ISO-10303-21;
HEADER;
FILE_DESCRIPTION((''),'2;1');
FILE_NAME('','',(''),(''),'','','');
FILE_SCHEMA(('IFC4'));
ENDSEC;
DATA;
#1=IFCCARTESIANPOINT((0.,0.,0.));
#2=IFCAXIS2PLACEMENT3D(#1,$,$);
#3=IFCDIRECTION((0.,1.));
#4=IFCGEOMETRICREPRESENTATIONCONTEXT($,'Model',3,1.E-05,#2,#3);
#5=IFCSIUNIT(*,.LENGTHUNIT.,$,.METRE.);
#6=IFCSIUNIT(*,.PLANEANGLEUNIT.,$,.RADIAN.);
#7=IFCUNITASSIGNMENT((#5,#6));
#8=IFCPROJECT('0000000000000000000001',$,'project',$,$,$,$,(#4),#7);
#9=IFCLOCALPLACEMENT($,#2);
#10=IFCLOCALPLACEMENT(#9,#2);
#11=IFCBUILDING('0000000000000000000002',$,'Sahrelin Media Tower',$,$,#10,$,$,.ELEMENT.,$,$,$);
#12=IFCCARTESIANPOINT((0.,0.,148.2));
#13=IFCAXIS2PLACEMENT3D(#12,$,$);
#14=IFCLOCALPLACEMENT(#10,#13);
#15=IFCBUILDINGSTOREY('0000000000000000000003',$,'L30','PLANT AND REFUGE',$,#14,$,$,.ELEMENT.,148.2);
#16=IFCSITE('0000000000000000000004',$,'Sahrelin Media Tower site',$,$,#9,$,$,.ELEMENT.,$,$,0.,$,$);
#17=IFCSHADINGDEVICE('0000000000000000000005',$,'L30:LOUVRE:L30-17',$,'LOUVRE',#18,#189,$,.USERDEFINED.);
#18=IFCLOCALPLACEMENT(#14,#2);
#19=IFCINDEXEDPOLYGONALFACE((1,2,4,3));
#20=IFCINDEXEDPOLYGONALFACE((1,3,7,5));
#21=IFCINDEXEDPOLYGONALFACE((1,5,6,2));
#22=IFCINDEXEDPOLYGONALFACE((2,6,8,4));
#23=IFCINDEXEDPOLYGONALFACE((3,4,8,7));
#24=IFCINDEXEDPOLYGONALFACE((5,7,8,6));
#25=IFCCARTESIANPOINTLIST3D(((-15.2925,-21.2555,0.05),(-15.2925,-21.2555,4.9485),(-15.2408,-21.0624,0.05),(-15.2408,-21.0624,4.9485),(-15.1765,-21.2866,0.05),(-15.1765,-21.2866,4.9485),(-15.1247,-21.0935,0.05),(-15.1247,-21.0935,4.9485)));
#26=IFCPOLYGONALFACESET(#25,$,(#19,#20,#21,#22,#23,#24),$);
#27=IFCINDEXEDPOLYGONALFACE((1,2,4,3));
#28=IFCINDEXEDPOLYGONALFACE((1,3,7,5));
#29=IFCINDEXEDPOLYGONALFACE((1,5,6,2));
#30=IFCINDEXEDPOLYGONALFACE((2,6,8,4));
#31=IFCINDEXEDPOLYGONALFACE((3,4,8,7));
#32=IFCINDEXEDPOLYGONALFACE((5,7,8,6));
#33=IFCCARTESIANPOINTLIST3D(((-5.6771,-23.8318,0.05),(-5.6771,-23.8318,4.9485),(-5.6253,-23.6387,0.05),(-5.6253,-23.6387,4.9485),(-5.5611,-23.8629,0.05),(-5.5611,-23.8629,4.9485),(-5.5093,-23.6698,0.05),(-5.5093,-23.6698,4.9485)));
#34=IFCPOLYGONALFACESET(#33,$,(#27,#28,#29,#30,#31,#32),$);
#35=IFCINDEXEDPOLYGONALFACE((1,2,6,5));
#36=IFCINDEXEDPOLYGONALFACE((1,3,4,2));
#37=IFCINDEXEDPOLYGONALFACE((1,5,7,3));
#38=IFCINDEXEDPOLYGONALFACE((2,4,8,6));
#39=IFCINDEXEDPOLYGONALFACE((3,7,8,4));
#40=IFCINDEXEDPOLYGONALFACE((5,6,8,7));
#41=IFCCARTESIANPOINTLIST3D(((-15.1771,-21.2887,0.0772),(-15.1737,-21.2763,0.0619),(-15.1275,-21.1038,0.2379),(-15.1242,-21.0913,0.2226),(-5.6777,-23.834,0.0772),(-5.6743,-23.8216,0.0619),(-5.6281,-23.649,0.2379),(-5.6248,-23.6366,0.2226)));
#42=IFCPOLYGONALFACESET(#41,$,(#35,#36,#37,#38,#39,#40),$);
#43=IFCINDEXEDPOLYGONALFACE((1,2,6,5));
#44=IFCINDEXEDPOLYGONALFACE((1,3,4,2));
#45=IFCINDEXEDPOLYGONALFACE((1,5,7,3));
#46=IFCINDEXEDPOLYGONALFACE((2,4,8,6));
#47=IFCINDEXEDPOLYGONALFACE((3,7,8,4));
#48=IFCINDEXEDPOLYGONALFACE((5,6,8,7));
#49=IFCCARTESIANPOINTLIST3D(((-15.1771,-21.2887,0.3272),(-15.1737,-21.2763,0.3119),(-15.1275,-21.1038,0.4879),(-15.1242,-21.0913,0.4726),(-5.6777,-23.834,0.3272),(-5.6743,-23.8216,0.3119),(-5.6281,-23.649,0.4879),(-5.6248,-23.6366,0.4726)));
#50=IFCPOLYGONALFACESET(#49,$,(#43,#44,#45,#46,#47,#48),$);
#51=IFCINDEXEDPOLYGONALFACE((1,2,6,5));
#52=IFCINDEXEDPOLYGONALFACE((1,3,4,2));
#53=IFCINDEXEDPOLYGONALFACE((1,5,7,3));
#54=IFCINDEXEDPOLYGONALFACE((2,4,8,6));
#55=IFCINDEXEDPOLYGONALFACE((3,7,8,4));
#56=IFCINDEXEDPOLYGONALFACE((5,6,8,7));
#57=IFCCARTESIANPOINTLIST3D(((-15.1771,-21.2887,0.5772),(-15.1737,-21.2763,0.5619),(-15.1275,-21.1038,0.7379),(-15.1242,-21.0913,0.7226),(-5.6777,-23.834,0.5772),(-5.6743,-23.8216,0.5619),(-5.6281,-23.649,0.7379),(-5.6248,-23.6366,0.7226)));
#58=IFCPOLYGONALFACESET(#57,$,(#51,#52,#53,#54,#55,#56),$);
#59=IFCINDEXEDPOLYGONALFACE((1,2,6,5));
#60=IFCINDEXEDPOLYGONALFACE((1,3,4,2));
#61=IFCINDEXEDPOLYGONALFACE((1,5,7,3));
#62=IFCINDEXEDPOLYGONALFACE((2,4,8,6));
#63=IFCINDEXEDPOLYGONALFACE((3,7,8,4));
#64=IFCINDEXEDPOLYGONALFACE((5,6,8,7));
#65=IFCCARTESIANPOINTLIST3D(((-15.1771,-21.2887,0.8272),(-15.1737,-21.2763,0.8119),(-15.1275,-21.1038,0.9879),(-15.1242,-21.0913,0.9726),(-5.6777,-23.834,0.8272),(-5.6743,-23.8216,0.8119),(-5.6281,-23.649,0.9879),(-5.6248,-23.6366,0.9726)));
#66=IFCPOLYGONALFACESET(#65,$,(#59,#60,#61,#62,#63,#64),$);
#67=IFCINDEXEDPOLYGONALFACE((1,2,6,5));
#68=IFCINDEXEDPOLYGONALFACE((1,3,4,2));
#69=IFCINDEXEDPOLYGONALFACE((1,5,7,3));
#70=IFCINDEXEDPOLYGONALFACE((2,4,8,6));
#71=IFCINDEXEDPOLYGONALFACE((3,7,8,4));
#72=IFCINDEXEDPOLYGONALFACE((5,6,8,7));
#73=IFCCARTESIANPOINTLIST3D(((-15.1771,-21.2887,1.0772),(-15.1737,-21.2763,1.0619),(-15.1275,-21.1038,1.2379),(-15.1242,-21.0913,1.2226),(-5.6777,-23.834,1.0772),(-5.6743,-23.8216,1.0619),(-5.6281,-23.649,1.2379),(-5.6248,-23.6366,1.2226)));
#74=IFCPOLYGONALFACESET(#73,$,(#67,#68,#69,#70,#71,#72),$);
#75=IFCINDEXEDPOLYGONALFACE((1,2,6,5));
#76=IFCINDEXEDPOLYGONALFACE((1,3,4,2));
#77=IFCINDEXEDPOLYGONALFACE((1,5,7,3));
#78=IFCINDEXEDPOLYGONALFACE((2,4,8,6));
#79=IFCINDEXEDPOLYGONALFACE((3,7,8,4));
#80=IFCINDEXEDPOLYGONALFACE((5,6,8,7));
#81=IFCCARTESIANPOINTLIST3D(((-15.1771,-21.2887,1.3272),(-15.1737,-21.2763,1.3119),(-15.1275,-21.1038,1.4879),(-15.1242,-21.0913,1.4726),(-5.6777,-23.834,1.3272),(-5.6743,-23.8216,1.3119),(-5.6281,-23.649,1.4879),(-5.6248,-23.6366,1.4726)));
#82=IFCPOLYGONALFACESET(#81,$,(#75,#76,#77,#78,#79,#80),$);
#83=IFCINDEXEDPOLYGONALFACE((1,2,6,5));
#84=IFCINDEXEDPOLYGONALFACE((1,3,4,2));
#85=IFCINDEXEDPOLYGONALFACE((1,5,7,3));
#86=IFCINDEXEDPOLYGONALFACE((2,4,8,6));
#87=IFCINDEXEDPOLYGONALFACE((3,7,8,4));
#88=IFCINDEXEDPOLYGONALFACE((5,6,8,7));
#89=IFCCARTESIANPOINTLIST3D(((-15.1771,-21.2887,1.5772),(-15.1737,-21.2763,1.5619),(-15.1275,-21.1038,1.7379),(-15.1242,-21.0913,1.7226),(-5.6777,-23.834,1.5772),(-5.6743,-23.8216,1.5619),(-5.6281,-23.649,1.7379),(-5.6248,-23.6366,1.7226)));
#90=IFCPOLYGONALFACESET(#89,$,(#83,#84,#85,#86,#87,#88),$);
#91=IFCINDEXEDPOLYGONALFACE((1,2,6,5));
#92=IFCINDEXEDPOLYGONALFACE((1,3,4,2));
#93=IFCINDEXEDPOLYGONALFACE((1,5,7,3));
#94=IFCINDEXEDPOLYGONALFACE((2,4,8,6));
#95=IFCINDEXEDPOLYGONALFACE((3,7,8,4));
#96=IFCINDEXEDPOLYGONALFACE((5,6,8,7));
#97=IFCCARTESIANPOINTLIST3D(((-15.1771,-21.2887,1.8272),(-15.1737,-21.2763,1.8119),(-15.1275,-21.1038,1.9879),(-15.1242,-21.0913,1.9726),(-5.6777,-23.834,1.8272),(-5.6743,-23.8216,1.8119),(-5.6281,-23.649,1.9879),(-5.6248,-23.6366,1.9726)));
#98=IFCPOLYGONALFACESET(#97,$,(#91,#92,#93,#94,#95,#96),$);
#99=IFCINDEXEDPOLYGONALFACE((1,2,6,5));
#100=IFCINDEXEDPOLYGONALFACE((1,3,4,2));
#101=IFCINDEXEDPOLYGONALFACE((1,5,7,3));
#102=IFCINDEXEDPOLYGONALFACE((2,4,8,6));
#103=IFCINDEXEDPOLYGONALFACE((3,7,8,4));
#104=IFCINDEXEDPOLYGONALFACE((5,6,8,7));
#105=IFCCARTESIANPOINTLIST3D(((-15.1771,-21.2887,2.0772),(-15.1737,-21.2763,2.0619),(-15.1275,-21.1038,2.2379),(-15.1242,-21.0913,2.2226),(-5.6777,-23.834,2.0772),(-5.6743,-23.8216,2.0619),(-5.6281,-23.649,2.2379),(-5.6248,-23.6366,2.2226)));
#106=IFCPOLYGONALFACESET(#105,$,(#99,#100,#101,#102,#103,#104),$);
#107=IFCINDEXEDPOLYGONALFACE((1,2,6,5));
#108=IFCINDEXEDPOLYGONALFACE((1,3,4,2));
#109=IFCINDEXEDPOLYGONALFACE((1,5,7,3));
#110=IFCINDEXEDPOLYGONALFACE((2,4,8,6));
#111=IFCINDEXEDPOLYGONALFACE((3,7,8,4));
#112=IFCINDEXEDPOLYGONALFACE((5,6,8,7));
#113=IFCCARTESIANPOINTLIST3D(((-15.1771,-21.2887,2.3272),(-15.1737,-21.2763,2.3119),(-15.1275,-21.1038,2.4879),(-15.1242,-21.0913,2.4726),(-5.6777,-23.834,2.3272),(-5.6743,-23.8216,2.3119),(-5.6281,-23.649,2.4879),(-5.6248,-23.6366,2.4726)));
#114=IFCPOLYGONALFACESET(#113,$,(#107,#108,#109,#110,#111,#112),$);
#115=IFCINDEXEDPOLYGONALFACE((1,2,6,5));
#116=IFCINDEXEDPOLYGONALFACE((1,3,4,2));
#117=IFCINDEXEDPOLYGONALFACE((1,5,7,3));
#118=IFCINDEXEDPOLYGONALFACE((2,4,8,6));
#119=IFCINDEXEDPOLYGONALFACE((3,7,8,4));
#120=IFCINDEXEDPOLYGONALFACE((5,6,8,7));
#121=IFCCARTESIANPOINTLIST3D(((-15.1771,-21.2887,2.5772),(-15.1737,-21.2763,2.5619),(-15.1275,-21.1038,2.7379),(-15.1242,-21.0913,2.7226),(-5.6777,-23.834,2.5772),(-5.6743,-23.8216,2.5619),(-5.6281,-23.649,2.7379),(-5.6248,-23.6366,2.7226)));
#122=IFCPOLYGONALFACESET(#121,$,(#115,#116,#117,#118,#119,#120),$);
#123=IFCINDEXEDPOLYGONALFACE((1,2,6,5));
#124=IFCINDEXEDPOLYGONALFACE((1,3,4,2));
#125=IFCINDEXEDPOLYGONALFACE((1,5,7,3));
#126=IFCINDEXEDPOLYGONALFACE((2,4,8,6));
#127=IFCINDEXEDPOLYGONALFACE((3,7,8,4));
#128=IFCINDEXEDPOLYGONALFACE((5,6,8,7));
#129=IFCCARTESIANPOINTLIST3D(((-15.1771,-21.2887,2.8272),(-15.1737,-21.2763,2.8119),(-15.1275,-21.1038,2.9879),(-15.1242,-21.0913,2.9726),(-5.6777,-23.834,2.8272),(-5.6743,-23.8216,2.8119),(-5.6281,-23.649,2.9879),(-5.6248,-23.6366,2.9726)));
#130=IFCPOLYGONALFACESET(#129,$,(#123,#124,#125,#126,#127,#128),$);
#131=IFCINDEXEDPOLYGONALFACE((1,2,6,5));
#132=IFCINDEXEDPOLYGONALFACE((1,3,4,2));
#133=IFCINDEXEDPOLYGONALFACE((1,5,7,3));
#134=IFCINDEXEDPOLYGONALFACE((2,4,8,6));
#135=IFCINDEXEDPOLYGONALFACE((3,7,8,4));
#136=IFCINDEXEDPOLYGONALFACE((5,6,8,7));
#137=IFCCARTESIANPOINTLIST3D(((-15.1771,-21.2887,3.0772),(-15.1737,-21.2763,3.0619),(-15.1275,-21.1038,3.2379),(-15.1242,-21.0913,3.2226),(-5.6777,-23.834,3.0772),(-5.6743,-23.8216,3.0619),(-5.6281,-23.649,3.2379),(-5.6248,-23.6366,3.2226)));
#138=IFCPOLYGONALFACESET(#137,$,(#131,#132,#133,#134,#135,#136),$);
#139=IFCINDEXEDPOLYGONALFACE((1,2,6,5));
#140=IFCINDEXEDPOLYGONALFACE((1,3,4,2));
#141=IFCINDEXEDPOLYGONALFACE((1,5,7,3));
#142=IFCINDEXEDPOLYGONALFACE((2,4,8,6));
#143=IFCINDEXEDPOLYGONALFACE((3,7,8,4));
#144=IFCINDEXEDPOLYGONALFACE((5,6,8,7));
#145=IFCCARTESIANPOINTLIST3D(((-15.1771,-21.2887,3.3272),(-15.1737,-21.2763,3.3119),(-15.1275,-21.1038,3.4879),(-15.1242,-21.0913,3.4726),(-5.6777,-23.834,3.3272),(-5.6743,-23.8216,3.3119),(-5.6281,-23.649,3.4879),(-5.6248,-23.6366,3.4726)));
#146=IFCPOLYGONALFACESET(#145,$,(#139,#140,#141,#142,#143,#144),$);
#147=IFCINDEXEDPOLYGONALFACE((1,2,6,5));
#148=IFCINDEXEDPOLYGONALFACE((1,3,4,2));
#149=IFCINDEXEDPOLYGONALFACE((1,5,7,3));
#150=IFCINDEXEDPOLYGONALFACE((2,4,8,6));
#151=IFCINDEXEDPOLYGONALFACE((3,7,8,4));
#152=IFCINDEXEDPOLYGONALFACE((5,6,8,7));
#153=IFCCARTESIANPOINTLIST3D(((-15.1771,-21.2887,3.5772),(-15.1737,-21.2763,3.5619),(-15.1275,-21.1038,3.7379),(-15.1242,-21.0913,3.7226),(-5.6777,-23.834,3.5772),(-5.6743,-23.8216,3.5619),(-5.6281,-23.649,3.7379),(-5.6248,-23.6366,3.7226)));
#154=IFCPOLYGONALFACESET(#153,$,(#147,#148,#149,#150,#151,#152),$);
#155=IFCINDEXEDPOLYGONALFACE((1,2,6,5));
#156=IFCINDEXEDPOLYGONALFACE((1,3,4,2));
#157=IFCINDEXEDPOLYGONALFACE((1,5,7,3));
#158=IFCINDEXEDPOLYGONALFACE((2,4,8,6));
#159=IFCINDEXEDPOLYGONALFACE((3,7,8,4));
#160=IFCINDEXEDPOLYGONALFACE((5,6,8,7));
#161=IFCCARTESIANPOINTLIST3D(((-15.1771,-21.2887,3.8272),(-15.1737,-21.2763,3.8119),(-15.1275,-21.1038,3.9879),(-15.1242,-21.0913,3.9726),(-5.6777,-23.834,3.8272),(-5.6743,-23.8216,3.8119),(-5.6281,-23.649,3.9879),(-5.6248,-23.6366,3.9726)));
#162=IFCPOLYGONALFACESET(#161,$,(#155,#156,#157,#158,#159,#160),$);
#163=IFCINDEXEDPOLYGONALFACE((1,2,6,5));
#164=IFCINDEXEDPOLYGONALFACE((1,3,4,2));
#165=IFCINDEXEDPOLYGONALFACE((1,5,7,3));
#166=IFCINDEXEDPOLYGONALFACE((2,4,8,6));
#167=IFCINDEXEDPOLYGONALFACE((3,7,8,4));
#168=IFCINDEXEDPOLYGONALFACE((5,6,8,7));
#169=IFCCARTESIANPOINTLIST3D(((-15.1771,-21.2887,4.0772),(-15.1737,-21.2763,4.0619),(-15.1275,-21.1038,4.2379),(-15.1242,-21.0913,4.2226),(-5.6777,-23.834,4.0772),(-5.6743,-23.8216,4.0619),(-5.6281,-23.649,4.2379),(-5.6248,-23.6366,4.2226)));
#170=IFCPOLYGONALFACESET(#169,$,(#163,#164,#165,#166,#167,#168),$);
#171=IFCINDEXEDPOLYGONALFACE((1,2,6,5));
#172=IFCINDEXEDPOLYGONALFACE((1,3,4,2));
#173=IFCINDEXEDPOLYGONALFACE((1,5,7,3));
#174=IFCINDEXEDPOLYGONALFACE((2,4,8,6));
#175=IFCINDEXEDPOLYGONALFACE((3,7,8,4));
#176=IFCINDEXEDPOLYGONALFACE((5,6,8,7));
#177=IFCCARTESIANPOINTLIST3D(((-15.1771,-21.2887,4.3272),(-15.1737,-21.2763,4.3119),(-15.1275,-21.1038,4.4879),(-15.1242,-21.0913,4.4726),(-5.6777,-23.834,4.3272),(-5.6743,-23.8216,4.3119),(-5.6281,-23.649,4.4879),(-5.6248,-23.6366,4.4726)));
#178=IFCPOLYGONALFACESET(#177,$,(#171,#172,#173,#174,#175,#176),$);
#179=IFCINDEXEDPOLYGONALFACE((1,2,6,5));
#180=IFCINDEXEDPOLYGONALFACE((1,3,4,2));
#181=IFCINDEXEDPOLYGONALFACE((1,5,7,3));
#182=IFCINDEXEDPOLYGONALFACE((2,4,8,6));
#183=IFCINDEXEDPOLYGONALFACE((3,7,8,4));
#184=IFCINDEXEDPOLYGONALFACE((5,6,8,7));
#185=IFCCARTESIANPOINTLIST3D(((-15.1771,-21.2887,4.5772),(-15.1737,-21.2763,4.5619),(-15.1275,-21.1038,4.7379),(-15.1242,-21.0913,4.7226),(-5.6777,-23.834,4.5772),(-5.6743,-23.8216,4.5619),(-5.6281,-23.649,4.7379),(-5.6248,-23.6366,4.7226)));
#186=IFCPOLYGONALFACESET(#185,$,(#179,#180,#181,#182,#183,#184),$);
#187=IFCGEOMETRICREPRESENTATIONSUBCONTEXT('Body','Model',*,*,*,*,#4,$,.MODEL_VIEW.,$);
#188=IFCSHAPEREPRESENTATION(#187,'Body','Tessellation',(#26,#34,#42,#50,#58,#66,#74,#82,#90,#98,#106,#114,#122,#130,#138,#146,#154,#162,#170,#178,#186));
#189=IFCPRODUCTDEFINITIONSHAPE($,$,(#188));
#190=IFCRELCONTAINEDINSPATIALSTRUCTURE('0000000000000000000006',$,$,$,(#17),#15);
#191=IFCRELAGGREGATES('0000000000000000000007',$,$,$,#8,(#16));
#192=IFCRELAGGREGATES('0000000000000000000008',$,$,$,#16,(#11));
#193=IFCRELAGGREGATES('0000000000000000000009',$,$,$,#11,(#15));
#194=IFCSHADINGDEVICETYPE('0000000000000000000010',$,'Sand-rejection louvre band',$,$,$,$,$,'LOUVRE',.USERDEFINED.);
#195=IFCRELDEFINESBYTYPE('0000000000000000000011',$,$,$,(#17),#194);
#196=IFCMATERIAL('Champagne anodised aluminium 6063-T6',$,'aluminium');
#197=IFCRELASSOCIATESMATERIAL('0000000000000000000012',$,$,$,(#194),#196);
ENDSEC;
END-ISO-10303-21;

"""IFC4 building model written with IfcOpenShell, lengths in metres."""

from ifc_helpers import new_model, si_unit, direction, frame, origin, origin_2d, place, context, subcontext, project, spatial, rectangle, extrude, material, type_object, element, save


model = new_model("IFC4")

# Units and contexts
model_context = context("Model", 3, precision=1e-05, world=origin(), true_north=direction((0.0, 1.0)))
body_context = subcontext(model_context, "Body", "Model", "MODEL_VIEW")
ifc_project = project(units=[si_unit("LENGTHUNIT", "METRE"), si_unit("PLANEANGLEUNIT", "RADIAN")], contexts=[model_context])

# Site, building, storey
site_placement = place(None, origin())
site = spatial("IfcSite", under=ifc_project, at=site_placement, Name="Sahrelin Media Tower site", CompositionType="ELEMENT", RefElevation=0.0)
building_placement = place(site_placement, origin())
building = spatial("IfcBuilding", under=site, at=building_placement, Name="Sahrelin Media Tower", CompositionType="ELEMENT")
storey_placement = place(building_placement, frame((0.0, 0.0, 148.2)))
storey = spatial("IfcBuildingStorey", under=building, at=storey_placement, Name="L30", Description="PLANT AND REFUGE", CompositionType="ELEMENT", Elevation=148.2)

# Shading device
ifc_material_1 = material(Name="Champagne anodised aluminium 6063-T6", Category="aluminium")
shading_device_type = type_object("IfcShadingDeviceType", Name="Sand-rejection louvre band", ElementType="LOUVRE", PredefinedType="USERDEFINED", material=ifc_material_1)
shading_device_1_placement = place(storey_placement, frame((-10.375, -22.366, 0.0), z_axis=(0.0, 0.0, 1.0), x_axis=(-0.965929, 0.258808, 0.0)))
element("IfcShadingDevice", 1, at=shading_device_1_placement, inside=storey, type_object=shading_device_type, Name="L30:LOUVRE:L30-17", ObjectType="LOUVRE", PredefinedType="USERDEFINED", context=body_context, shape_type="SweptSolid", body=[
    extrude(rectangle(XDim=0.1201, YDim=0.2, at=origin_2d()), frame((4.9773, 0.1001, 0.05), z_axis=(0.0, 0.0, 1.0), x_axis=(1.0, 0.0, 0.0)), (0.0, 0.0, 1.0), 4.8984),
    extrude(rectangle(XDim=0.1201, YDim=0.2, at=origin_2d()), frame((-4.9773, 0.1001, 0.05), z_axis=(0.0, 0.0, 1.0), x_axis=(1.0, 0.0, 0.0)), (0.0, 0.0, 1.0), 4.8984),
    extrude(rectangle(XDim=0.25, YDim=0.02, at=origin_2d()), frame((4.9172, 0.1001, 0.1499), z_axis=(-1.0, 0.0, 0.0), x_axis=(0.0, -0.766044, 0.642788)), (0.0, 0.0, 1.0), 9.8345),
    extrude(rectangle(XDim=0.25, YDim=0.02, at=origin_2d()), frame((4.9172, 0.1001, 0.3999), z_axis=(-1.0, 0.0, 0.0), x_axis=(0.0, -0.766044, 0.642788)), (0.0, 0.0, 1.0), 9.8345),
    extrude(rectangle(XDim=0.25, YDim=0.02, at=origin_2d()), frame((4.9172, 0.1001, 0.6499), z_axis=(-1.0, 0.0, 0.0), x_axis=(0.0, -0.766044, 0.642788)), (0.0, 0.0, 1.0), 9.8345),
    extrude(rectangle(XDim=0.25, YDim=0.02, at=origin_2d()), frame((4.9172, 0.1001, 0.8999), z_axis=(-1.0, 0.0, 0.0), x_axis=(0.0, -0.766044, 0.642788)), (0.0, 0.0, 1.0), 9.8345),
    extrude(rectangle(XDim=0.25, YDim=0.02, at=origin_2d()), frame((4.9172, 0.1001, 1.1499), z_axis=(-1.0, 0.0, 0.0), x_axis=(0.0, -0.766044, 0.642788)), (0.0, 0.0, 1.0), 9.8345),
    extrude(rectangle(XDim=0.25, YDim=0.02, at=origin_2d()), frame((4.9172, 0.1001, 1.3999), z_axis=(-1.0, 0.0, 0.0), x_axis=(0.0, -0.766044, 0.642788)), (0.0, 0.0, 1.0), 9.8345),
    extrude(rectangle(XDim=0.25, YDim=0.02, at=origin_2d()), frame((4.9172, 0.1001, 1.6499), z_axis=(-1.0, 0.0, 0.0), x_axis=(0.0, -0.766044, 0.642788)), (0.0, 0.0, 1.0), 9.8345),
    extrude(rectangle(XDim=0.25, YDim=0.02, at=origin_2d()), frame((4.9172, 0.1001, 1.8999), z_axis=(-1.0, 0.0, 0.0), x_axis=(0.0, -0.766044, 0.642788)), (0.0, 0.0, 1.0), 9.8345),
    extrude(rectangle(XDim=0.25, YDim=0.02, at=origin_2d()), frame((4.9172, 0.1001, 2.1499), z_axis=(-1.0, 0.0, 0.0), x_axis=(0.0, -0.766044, 0.642788)), (0.0, 0.0, 1.0), 9.8345),
    extrude(rectangle(XDim=0.25, YDim=0.02, at=origin_2d()), frame((4.9172, 0.1001, 2.3999), z_axis=(-1.0, 0.0, 0.0), x_axis=(0.0, -0.766044, 0.642788)), (0.0, 0.0, 1.0), 9.8345),
    extrude(rectangle(XDim=0.25, YDim=0.02, at=origin_2d()), frame((4.9172, 0.1001, 2.6499), z_axis=(-1.0, 0.0, 0.0), x_axis=(0.0, -0.766044, 0.642788)), (0.0, 0.0, 1.0), 9.8345),
    extrude(rectangle(XDim=0.25, YDim=0.02, at=origin_2d()), frame((4.9172, 0.1001, 2.8999), z_axis=(-1.0, 0.0, 0.0), x_axis=(0.0, -0.766044, 0.642788)), (0.0, 0.0, 1.0), 9.8345),
    extrude(rectangle(XDim=0.25, YDim=0.02, at=origin_2d()), frame((4.9172, 0.1001, 3.1499), z_axis=(-1.0, 0.0, 0.0), x_axis=(0.0, -0.766044, 0.642788)), (0.0, 0.0, 1.0), 9.8345),
    extrude(rectangle(XDim=0.25, YDim=0.02, at=origin_2d()), frame((4.9172, 0.1001, 3.3999), z_axis=(-1.0, 0.0, 0.0), x_axis=(0.0, -0.766044, 0.642788)), (0.0, 0.0, 1.0), 9.8345),
    extrude(rectangle(XDim=0.25, YDim=0.02, at=origin_2d()), frame((4.9172, 0.1001, 3.6499), z_axis=(-1.0, 0.0, 0.0), x_axis=(0.0, -0.766044, 0.642788)), (0.0, 0.0, 1.0), 9.8345),
    extrude(rectangle(XDim=0.25, YDim=0.02, at=origin_2d()), frame((4.9172, 0.1001, 3.8999), z_axis=(-1.0, 0.0, 0.0), x_axis=(0.0, -0.766044, 0.642788)), (0.0, 0.0, 1.0), 9.8345),
    extrude(rectangle(XDim=0.25, YDim=0.02, at=origin_2d()), frame((4.9172, 0.1001, 4.1499), z_axis=(-1.0, 0.0, 0.0), x_axis=(0.0, -0.766044, 0.642788)), (0.0, 0.0, 1.0), 9.8345),
    extrude(rectangle(XDim=0.25, YDim=0.02, at=origin_2d()), frame((4.9172, 0.1001, 4.3999), z_axis=(-1.0, 0.0, 0.0), x_axis=(0.0, -0.766044, 0.642788)), (0.0, 0.0, 1.0), 9.8345),
    extrude(rectangle(XDim=0.25, YDim=0.02, at=origin_2d()), frame((4.9172, 0.1001, 4.6499), z_axis=(-1.0, 0.0, 0.0), x_axis=(0.0, -0.766044, 0.642788)), (0.0, 0.0, 1.0), 9.8345),
])

save(model, "model.ifc")
